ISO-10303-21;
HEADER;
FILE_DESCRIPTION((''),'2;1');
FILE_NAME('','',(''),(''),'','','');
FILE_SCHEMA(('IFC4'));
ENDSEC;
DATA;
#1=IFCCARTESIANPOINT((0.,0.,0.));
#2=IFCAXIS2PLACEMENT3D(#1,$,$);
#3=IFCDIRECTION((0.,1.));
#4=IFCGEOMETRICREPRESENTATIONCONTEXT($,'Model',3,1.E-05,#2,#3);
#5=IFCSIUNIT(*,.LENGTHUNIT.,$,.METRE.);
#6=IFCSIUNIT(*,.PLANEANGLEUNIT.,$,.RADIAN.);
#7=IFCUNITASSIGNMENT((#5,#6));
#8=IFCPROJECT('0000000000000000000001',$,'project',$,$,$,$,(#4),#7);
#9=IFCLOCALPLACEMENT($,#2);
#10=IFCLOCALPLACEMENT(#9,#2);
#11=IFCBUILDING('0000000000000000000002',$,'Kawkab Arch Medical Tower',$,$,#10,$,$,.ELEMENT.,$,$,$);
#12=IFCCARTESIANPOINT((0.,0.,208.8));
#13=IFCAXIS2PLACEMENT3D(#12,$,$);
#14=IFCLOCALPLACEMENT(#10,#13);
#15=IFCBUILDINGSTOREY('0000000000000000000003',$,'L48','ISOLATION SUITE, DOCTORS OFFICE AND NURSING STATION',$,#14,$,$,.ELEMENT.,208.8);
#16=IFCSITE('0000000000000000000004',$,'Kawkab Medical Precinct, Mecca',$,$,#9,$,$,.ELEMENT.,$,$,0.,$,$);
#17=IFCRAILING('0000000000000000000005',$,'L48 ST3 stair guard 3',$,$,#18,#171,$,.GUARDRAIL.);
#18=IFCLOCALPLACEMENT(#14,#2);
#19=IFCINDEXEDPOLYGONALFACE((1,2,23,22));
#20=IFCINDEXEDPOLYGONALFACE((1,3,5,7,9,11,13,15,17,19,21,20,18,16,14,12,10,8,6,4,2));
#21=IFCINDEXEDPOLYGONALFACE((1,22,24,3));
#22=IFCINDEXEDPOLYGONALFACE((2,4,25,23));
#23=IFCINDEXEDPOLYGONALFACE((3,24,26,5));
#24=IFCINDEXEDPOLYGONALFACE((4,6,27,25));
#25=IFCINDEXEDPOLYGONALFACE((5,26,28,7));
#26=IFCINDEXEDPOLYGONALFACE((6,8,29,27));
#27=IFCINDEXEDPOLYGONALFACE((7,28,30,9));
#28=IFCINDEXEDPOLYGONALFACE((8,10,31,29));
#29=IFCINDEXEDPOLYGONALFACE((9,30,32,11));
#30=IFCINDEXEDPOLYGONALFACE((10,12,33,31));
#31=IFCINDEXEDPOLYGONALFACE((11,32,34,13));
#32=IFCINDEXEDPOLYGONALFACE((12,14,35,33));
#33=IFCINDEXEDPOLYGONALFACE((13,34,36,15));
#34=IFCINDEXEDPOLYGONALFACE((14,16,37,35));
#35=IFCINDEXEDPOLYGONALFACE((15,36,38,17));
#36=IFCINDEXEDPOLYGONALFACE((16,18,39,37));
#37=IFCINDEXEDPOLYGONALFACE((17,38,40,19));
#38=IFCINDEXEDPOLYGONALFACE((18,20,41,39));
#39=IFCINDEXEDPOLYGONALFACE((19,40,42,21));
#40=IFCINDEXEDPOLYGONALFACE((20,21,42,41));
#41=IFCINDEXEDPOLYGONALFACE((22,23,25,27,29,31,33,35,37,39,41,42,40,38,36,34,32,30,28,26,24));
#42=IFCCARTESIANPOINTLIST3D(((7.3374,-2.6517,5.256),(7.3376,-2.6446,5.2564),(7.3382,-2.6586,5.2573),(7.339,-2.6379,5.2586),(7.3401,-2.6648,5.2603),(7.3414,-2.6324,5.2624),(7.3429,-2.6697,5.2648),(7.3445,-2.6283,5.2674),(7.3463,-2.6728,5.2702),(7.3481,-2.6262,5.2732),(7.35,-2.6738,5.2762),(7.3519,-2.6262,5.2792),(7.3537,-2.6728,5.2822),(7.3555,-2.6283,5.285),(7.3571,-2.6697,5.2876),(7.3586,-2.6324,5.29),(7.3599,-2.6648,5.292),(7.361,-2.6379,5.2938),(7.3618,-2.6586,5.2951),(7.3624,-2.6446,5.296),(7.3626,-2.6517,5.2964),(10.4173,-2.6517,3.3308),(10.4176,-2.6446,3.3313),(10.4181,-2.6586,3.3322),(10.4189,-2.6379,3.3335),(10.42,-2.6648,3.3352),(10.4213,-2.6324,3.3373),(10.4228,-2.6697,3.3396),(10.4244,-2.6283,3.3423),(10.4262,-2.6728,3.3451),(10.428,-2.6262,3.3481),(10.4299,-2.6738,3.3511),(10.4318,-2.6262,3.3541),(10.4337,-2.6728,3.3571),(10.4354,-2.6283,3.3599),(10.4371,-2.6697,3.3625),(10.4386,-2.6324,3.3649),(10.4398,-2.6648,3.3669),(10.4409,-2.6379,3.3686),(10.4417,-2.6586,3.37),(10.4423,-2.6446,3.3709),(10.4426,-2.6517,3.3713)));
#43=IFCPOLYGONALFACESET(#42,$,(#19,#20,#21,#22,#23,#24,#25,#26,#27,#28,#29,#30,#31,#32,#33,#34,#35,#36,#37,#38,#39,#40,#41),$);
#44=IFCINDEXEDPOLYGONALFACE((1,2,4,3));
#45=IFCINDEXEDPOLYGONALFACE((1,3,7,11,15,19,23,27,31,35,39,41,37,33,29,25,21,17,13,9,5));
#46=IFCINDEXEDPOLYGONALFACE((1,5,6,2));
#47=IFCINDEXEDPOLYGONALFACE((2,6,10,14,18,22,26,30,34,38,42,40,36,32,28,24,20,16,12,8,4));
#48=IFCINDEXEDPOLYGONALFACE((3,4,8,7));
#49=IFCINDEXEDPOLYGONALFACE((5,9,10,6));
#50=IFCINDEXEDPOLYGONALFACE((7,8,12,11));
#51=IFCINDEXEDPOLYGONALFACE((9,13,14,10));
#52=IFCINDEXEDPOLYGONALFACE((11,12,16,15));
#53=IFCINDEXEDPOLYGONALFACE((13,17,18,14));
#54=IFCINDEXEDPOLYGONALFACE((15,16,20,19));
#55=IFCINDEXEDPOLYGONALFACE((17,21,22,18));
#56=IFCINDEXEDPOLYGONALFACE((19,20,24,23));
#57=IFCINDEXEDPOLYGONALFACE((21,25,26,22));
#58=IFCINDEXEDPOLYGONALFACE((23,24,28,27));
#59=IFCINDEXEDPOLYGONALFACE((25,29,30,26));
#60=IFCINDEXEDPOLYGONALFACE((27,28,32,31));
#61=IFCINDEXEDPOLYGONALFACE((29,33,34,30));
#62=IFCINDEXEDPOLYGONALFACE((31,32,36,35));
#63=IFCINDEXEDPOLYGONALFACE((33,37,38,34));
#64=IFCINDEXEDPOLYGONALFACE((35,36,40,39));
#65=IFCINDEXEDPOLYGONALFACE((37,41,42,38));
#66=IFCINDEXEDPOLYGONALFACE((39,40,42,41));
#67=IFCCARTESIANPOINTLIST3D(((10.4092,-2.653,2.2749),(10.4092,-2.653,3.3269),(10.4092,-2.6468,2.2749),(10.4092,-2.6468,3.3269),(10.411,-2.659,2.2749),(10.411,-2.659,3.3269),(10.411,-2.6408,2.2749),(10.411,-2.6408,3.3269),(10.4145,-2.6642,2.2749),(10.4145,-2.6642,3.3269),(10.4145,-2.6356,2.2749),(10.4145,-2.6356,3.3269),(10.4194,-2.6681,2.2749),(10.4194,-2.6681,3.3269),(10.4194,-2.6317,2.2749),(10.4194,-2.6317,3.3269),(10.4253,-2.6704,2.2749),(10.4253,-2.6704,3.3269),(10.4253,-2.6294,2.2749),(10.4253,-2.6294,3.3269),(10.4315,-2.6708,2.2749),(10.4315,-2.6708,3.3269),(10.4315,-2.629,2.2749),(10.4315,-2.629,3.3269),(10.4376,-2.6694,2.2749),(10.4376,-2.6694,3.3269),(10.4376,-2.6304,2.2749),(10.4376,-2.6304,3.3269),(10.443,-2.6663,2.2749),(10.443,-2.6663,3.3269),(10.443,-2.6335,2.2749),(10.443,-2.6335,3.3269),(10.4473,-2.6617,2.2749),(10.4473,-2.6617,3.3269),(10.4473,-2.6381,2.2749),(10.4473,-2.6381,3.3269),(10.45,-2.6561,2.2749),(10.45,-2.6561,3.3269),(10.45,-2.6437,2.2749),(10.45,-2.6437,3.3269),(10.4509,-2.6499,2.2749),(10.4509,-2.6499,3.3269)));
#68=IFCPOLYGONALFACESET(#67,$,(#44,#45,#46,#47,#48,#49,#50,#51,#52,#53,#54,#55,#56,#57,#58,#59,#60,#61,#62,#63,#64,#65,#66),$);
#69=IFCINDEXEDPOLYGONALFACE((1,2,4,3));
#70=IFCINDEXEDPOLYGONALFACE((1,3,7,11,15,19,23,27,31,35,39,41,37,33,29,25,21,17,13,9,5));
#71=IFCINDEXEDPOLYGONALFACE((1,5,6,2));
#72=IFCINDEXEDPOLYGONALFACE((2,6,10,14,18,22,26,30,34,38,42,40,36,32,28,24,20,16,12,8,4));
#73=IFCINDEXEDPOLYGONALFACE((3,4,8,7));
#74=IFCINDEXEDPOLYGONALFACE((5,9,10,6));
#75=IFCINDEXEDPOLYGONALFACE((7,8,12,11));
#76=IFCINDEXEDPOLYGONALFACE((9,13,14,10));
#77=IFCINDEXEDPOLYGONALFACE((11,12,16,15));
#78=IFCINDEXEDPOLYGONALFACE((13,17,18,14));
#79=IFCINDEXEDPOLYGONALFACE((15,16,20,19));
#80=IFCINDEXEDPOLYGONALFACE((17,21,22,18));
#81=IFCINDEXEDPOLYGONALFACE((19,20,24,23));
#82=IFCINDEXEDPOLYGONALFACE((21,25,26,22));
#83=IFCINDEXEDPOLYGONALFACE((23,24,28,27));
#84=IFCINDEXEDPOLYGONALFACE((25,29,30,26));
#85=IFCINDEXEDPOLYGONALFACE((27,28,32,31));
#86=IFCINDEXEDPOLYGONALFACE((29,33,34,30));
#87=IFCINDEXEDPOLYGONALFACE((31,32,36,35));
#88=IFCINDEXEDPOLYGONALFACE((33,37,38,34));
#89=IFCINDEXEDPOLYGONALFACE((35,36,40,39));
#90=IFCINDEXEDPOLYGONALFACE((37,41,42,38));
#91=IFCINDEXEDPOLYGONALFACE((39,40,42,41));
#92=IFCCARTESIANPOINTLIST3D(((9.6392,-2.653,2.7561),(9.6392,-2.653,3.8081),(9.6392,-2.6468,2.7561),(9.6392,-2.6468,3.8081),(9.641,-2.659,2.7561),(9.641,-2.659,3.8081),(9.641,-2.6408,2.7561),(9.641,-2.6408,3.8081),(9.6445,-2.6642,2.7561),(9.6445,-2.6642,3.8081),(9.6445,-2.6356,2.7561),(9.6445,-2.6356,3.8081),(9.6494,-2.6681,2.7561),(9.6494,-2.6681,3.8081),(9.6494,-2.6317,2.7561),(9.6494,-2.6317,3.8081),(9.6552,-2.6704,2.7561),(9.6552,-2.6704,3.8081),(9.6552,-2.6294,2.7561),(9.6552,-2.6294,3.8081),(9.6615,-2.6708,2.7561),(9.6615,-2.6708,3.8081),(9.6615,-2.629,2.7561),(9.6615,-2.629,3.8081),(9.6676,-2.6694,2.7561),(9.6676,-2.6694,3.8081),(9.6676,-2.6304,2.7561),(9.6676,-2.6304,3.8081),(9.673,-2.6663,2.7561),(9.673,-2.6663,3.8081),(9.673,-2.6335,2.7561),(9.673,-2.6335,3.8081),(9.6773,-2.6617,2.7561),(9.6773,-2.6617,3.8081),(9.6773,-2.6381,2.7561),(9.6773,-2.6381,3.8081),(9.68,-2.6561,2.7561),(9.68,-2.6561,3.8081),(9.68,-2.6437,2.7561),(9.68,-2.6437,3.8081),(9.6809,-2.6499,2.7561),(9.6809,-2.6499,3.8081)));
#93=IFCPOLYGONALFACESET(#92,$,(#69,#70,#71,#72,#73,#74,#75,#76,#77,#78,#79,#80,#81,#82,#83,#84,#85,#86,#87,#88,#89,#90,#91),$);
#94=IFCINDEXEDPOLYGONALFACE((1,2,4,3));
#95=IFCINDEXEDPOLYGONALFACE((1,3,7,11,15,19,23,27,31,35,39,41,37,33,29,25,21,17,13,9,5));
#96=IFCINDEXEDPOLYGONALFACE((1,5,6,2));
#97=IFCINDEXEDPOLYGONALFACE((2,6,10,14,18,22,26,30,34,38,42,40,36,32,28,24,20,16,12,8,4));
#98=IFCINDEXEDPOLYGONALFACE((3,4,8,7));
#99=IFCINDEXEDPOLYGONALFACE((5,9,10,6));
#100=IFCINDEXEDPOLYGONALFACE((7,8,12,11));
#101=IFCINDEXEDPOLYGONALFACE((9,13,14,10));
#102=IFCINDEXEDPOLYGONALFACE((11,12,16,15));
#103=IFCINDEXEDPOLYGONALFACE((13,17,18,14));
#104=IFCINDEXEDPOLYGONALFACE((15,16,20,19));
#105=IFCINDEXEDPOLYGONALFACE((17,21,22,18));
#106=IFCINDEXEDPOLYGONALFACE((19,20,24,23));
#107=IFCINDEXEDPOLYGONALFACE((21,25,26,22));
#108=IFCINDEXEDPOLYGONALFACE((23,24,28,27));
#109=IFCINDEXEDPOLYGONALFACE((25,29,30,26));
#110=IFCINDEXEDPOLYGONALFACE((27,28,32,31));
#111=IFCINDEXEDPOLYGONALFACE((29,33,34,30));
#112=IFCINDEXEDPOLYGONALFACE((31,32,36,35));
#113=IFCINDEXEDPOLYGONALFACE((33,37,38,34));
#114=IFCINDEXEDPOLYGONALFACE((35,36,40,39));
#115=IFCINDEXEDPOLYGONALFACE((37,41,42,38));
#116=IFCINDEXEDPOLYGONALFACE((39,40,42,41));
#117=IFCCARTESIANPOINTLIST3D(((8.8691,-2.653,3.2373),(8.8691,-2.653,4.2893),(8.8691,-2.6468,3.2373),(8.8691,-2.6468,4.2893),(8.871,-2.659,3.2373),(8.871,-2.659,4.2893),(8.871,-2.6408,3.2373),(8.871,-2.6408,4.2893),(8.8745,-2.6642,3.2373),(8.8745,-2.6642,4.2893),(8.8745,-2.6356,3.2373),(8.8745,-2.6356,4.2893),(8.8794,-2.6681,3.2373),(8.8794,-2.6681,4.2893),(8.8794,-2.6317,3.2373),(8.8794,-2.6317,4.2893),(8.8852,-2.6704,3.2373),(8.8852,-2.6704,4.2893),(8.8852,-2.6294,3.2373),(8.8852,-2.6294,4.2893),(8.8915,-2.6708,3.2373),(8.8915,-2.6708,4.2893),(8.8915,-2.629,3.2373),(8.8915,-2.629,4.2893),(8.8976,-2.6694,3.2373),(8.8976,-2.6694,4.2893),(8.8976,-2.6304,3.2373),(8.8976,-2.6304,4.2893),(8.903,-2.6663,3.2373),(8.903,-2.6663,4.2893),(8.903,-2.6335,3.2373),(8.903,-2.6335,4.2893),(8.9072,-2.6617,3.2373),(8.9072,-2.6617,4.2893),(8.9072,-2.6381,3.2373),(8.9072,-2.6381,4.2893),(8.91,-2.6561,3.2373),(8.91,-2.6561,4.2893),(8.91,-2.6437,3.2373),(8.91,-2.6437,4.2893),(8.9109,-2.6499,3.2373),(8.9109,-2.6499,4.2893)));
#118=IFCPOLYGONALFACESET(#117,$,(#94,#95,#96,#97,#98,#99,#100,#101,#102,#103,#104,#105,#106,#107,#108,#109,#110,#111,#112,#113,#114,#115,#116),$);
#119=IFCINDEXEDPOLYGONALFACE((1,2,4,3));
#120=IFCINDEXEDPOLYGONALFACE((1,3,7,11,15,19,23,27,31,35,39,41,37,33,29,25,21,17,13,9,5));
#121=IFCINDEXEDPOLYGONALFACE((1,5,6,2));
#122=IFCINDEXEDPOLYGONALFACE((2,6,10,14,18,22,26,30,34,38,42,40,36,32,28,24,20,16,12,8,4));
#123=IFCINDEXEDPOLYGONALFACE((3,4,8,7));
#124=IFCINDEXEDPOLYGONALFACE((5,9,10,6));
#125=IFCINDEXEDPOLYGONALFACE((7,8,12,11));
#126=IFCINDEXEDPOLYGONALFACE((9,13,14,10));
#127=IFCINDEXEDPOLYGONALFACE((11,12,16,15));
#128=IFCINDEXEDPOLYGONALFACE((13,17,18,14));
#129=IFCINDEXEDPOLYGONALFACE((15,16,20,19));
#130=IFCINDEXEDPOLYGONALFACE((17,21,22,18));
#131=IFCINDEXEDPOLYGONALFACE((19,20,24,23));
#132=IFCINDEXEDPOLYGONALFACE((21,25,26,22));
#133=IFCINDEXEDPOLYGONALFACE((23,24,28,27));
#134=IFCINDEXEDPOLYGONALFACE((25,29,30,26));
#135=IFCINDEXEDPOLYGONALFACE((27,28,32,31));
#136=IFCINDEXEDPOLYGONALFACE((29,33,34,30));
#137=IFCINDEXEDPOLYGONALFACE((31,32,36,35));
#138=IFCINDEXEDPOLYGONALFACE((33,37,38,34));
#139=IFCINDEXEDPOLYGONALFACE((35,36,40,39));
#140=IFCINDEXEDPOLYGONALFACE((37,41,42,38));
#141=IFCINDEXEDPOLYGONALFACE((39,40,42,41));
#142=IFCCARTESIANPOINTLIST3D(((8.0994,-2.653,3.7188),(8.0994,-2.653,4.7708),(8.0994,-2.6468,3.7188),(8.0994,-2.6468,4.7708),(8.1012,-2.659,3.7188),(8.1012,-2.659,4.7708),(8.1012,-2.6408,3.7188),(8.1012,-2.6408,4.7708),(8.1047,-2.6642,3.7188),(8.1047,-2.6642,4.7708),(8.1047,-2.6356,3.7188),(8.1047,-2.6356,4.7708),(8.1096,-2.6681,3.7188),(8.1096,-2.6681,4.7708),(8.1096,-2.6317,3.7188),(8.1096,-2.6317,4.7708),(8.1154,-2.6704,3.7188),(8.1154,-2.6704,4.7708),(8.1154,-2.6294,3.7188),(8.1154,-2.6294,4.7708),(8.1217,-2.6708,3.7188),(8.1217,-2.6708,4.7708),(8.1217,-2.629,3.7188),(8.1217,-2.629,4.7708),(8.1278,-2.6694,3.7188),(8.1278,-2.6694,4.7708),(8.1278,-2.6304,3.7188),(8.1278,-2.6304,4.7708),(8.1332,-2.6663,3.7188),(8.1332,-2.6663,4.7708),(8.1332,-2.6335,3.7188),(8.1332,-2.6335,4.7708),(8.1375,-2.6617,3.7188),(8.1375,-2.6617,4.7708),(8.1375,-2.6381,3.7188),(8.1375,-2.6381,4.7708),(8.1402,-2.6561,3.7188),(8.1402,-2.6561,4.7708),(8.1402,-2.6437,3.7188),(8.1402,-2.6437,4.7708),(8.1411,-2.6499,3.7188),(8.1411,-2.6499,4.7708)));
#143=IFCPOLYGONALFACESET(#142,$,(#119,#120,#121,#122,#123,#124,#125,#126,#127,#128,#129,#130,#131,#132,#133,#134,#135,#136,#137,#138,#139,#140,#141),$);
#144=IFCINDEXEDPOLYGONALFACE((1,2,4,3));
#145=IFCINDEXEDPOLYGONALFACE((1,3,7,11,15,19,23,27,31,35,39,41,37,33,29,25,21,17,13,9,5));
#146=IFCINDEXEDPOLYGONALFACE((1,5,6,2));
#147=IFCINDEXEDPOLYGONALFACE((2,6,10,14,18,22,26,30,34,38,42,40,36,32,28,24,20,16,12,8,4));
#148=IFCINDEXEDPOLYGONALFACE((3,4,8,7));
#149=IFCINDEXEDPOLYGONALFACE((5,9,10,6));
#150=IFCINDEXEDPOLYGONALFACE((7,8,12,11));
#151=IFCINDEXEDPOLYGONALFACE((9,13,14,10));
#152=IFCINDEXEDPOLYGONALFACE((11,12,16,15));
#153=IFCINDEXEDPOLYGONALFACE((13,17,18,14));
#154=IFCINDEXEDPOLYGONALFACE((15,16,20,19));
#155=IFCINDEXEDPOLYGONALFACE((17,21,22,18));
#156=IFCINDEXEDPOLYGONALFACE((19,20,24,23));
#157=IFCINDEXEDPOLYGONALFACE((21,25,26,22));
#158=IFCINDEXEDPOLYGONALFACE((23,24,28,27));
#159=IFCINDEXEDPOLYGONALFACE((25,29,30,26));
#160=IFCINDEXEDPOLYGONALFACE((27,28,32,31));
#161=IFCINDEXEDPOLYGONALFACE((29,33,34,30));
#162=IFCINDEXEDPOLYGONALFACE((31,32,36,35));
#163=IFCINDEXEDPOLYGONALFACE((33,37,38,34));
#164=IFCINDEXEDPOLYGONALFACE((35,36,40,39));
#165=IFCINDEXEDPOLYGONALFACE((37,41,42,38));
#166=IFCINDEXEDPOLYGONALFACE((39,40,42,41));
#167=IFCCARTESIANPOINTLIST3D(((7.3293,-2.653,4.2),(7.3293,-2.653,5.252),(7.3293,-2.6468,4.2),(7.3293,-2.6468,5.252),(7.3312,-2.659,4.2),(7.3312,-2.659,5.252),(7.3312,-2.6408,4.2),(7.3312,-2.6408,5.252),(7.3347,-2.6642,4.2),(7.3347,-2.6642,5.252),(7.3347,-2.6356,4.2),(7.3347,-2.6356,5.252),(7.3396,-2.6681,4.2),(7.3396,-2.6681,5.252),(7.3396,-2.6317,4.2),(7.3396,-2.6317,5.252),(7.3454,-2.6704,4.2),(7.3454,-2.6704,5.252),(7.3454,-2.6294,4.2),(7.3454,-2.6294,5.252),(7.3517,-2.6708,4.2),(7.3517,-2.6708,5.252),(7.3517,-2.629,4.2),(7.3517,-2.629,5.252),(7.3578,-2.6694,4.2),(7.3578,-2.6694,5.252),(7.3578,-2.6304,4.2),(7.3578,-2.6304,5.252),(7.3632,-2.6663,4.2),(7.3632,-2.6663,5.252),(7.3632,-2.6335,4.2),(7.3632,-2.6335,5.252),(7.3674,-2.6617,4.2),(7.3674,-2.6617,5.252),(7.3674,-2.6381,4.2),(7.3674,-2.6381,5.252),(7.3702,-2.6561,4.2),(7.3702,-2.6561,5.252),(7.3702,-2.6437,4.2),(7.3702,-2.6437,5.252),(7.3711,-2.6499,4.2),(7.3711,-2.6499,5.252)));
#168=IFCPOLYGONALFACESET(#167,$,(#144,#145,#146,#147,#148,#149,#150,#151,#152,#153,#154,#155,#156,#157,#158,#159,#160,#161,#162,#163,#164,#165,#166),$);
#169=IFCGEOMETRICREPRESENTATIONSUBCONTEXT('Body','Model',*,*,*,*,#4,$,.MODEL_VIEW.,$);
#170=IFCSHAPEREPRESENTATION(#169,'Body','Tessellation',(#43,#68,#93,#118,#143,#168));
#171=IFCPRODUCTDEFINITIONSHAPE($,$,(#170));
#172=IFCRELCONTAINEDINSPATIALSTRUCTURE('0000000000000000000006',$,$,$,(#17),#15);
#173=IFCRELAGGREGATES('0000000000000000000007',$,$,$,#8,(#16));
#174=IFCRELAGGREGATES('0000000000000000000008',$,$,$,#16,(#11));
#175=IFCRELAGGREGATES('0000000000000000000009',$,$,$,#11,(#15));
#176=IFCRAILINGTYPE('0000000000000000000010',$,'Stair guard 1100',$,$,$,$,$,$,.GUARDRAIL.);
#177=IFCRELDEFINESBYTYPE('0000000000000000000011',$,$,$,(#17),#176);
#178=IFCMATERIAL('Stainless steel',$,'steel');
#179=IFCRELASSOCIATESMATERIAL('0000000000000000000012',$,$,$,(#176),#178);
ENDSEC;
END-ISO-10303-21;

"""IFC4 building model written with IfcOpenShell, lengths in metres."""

from ifc_helpers import new_model, si_unit, direction, frame, origin, origin_2d, place, context, subcontext, project, spatial, circle, extrude, material, type_object, element, save


model = new_model("IFC4")

# Units and contexts
model_context = context("Model", 3, precision=1e-05, world=origin(), true_north=direction((0.0, 1.0)))
body_context = subcontext(model_context, "Body", "Model", "MODEL_VIEW")
ifc_project = project(units=[si_unit("LENGTHUNIT", "METRE"), si_unit("PLANEANGLEUNIT", "RADIAN")], contexts=[model_context])

# Site, building, storey
site_placement = place(None, origin())
site = spatial("IfcSite", under=ifc_project, at=site_placement, Name="Kawkab Medical Precinct, Mecca", CompositionType="ELEMENT", RefElevation=0.0)
building_placement = place(site_placement, origin())
building = spatial("IfcBuilding", under=site, at=building_placement, Name="Kawkab Arch Medical Tower", CompositionType="ELEMENT")
storey_placement = place(building_placement, frame((0.0, 0.0, 208.8)))
storey = spatial("IfcBuildingStorey", under=building, at=storey_placement, Name="L48", Description="ISOLATION SUITE, DOCTORS OFFICE AND NURSING STATION", CompositionType="ELEMENT", Elevation=208.8)

# Railing
ifc_material_1 = material(Name="Stainless steel", Category="steel")
railing_type_1 = type_object("IfcRailingType", Name="Stair guard 1100", PredefinedType="GUARDRAIL", material=ifc_material_1)
railing_1_placement = place(storey_placement, frame((10.4299, -2.6499, 2.2749)))
element("IfcRailing", 1, at=railing_1_placement, inside=storey, type_object=railing_type_1, Name="L48 ST3 stair guard 3", PredefinedType="GUARDRAIL", context=body_context, shape_type="SweptSolid", body=[
    extrude(circle(Radius=0.0239, at=origin_2d()), frame((0.0, 0.0, 1.0762), z_axis=(-0.847979, 0.0, 0.530029), x_axis=(0.0, -1.0, 0.0)), (0.0, 0.0, 1.0), 3.6321),
    extrude(circle(Radius=0.021, at=origin_2d()), origin(), (0.0, 0.0, 1.0), 1.052),
    extrude(circle(Radius=0.021, at=origin_2d()), frame((-0.77, 0.0, 0.4812)), (0.0, 0.0, 1.0), 1.052),
    extrude(circle(Radius=0.021, at=origin_2d()), frame((-1.54, 0.0, 0.9624)), (0.0, 0.0, 1.0), 1.052),
    extrude(circle(Radius=0.021, at=origin_2d()), frame((-2.3098, 0.0, 1.4438)), (0.0, 0.0, 1.0), 1.052),
    extrude(circle(Radius=0.021, at=origin_2d()), frame((-3.0798, 0.0, 1.925)), (0.0, 0.0, 1.0), 1.052),
])

save(model, "model.ifc")
